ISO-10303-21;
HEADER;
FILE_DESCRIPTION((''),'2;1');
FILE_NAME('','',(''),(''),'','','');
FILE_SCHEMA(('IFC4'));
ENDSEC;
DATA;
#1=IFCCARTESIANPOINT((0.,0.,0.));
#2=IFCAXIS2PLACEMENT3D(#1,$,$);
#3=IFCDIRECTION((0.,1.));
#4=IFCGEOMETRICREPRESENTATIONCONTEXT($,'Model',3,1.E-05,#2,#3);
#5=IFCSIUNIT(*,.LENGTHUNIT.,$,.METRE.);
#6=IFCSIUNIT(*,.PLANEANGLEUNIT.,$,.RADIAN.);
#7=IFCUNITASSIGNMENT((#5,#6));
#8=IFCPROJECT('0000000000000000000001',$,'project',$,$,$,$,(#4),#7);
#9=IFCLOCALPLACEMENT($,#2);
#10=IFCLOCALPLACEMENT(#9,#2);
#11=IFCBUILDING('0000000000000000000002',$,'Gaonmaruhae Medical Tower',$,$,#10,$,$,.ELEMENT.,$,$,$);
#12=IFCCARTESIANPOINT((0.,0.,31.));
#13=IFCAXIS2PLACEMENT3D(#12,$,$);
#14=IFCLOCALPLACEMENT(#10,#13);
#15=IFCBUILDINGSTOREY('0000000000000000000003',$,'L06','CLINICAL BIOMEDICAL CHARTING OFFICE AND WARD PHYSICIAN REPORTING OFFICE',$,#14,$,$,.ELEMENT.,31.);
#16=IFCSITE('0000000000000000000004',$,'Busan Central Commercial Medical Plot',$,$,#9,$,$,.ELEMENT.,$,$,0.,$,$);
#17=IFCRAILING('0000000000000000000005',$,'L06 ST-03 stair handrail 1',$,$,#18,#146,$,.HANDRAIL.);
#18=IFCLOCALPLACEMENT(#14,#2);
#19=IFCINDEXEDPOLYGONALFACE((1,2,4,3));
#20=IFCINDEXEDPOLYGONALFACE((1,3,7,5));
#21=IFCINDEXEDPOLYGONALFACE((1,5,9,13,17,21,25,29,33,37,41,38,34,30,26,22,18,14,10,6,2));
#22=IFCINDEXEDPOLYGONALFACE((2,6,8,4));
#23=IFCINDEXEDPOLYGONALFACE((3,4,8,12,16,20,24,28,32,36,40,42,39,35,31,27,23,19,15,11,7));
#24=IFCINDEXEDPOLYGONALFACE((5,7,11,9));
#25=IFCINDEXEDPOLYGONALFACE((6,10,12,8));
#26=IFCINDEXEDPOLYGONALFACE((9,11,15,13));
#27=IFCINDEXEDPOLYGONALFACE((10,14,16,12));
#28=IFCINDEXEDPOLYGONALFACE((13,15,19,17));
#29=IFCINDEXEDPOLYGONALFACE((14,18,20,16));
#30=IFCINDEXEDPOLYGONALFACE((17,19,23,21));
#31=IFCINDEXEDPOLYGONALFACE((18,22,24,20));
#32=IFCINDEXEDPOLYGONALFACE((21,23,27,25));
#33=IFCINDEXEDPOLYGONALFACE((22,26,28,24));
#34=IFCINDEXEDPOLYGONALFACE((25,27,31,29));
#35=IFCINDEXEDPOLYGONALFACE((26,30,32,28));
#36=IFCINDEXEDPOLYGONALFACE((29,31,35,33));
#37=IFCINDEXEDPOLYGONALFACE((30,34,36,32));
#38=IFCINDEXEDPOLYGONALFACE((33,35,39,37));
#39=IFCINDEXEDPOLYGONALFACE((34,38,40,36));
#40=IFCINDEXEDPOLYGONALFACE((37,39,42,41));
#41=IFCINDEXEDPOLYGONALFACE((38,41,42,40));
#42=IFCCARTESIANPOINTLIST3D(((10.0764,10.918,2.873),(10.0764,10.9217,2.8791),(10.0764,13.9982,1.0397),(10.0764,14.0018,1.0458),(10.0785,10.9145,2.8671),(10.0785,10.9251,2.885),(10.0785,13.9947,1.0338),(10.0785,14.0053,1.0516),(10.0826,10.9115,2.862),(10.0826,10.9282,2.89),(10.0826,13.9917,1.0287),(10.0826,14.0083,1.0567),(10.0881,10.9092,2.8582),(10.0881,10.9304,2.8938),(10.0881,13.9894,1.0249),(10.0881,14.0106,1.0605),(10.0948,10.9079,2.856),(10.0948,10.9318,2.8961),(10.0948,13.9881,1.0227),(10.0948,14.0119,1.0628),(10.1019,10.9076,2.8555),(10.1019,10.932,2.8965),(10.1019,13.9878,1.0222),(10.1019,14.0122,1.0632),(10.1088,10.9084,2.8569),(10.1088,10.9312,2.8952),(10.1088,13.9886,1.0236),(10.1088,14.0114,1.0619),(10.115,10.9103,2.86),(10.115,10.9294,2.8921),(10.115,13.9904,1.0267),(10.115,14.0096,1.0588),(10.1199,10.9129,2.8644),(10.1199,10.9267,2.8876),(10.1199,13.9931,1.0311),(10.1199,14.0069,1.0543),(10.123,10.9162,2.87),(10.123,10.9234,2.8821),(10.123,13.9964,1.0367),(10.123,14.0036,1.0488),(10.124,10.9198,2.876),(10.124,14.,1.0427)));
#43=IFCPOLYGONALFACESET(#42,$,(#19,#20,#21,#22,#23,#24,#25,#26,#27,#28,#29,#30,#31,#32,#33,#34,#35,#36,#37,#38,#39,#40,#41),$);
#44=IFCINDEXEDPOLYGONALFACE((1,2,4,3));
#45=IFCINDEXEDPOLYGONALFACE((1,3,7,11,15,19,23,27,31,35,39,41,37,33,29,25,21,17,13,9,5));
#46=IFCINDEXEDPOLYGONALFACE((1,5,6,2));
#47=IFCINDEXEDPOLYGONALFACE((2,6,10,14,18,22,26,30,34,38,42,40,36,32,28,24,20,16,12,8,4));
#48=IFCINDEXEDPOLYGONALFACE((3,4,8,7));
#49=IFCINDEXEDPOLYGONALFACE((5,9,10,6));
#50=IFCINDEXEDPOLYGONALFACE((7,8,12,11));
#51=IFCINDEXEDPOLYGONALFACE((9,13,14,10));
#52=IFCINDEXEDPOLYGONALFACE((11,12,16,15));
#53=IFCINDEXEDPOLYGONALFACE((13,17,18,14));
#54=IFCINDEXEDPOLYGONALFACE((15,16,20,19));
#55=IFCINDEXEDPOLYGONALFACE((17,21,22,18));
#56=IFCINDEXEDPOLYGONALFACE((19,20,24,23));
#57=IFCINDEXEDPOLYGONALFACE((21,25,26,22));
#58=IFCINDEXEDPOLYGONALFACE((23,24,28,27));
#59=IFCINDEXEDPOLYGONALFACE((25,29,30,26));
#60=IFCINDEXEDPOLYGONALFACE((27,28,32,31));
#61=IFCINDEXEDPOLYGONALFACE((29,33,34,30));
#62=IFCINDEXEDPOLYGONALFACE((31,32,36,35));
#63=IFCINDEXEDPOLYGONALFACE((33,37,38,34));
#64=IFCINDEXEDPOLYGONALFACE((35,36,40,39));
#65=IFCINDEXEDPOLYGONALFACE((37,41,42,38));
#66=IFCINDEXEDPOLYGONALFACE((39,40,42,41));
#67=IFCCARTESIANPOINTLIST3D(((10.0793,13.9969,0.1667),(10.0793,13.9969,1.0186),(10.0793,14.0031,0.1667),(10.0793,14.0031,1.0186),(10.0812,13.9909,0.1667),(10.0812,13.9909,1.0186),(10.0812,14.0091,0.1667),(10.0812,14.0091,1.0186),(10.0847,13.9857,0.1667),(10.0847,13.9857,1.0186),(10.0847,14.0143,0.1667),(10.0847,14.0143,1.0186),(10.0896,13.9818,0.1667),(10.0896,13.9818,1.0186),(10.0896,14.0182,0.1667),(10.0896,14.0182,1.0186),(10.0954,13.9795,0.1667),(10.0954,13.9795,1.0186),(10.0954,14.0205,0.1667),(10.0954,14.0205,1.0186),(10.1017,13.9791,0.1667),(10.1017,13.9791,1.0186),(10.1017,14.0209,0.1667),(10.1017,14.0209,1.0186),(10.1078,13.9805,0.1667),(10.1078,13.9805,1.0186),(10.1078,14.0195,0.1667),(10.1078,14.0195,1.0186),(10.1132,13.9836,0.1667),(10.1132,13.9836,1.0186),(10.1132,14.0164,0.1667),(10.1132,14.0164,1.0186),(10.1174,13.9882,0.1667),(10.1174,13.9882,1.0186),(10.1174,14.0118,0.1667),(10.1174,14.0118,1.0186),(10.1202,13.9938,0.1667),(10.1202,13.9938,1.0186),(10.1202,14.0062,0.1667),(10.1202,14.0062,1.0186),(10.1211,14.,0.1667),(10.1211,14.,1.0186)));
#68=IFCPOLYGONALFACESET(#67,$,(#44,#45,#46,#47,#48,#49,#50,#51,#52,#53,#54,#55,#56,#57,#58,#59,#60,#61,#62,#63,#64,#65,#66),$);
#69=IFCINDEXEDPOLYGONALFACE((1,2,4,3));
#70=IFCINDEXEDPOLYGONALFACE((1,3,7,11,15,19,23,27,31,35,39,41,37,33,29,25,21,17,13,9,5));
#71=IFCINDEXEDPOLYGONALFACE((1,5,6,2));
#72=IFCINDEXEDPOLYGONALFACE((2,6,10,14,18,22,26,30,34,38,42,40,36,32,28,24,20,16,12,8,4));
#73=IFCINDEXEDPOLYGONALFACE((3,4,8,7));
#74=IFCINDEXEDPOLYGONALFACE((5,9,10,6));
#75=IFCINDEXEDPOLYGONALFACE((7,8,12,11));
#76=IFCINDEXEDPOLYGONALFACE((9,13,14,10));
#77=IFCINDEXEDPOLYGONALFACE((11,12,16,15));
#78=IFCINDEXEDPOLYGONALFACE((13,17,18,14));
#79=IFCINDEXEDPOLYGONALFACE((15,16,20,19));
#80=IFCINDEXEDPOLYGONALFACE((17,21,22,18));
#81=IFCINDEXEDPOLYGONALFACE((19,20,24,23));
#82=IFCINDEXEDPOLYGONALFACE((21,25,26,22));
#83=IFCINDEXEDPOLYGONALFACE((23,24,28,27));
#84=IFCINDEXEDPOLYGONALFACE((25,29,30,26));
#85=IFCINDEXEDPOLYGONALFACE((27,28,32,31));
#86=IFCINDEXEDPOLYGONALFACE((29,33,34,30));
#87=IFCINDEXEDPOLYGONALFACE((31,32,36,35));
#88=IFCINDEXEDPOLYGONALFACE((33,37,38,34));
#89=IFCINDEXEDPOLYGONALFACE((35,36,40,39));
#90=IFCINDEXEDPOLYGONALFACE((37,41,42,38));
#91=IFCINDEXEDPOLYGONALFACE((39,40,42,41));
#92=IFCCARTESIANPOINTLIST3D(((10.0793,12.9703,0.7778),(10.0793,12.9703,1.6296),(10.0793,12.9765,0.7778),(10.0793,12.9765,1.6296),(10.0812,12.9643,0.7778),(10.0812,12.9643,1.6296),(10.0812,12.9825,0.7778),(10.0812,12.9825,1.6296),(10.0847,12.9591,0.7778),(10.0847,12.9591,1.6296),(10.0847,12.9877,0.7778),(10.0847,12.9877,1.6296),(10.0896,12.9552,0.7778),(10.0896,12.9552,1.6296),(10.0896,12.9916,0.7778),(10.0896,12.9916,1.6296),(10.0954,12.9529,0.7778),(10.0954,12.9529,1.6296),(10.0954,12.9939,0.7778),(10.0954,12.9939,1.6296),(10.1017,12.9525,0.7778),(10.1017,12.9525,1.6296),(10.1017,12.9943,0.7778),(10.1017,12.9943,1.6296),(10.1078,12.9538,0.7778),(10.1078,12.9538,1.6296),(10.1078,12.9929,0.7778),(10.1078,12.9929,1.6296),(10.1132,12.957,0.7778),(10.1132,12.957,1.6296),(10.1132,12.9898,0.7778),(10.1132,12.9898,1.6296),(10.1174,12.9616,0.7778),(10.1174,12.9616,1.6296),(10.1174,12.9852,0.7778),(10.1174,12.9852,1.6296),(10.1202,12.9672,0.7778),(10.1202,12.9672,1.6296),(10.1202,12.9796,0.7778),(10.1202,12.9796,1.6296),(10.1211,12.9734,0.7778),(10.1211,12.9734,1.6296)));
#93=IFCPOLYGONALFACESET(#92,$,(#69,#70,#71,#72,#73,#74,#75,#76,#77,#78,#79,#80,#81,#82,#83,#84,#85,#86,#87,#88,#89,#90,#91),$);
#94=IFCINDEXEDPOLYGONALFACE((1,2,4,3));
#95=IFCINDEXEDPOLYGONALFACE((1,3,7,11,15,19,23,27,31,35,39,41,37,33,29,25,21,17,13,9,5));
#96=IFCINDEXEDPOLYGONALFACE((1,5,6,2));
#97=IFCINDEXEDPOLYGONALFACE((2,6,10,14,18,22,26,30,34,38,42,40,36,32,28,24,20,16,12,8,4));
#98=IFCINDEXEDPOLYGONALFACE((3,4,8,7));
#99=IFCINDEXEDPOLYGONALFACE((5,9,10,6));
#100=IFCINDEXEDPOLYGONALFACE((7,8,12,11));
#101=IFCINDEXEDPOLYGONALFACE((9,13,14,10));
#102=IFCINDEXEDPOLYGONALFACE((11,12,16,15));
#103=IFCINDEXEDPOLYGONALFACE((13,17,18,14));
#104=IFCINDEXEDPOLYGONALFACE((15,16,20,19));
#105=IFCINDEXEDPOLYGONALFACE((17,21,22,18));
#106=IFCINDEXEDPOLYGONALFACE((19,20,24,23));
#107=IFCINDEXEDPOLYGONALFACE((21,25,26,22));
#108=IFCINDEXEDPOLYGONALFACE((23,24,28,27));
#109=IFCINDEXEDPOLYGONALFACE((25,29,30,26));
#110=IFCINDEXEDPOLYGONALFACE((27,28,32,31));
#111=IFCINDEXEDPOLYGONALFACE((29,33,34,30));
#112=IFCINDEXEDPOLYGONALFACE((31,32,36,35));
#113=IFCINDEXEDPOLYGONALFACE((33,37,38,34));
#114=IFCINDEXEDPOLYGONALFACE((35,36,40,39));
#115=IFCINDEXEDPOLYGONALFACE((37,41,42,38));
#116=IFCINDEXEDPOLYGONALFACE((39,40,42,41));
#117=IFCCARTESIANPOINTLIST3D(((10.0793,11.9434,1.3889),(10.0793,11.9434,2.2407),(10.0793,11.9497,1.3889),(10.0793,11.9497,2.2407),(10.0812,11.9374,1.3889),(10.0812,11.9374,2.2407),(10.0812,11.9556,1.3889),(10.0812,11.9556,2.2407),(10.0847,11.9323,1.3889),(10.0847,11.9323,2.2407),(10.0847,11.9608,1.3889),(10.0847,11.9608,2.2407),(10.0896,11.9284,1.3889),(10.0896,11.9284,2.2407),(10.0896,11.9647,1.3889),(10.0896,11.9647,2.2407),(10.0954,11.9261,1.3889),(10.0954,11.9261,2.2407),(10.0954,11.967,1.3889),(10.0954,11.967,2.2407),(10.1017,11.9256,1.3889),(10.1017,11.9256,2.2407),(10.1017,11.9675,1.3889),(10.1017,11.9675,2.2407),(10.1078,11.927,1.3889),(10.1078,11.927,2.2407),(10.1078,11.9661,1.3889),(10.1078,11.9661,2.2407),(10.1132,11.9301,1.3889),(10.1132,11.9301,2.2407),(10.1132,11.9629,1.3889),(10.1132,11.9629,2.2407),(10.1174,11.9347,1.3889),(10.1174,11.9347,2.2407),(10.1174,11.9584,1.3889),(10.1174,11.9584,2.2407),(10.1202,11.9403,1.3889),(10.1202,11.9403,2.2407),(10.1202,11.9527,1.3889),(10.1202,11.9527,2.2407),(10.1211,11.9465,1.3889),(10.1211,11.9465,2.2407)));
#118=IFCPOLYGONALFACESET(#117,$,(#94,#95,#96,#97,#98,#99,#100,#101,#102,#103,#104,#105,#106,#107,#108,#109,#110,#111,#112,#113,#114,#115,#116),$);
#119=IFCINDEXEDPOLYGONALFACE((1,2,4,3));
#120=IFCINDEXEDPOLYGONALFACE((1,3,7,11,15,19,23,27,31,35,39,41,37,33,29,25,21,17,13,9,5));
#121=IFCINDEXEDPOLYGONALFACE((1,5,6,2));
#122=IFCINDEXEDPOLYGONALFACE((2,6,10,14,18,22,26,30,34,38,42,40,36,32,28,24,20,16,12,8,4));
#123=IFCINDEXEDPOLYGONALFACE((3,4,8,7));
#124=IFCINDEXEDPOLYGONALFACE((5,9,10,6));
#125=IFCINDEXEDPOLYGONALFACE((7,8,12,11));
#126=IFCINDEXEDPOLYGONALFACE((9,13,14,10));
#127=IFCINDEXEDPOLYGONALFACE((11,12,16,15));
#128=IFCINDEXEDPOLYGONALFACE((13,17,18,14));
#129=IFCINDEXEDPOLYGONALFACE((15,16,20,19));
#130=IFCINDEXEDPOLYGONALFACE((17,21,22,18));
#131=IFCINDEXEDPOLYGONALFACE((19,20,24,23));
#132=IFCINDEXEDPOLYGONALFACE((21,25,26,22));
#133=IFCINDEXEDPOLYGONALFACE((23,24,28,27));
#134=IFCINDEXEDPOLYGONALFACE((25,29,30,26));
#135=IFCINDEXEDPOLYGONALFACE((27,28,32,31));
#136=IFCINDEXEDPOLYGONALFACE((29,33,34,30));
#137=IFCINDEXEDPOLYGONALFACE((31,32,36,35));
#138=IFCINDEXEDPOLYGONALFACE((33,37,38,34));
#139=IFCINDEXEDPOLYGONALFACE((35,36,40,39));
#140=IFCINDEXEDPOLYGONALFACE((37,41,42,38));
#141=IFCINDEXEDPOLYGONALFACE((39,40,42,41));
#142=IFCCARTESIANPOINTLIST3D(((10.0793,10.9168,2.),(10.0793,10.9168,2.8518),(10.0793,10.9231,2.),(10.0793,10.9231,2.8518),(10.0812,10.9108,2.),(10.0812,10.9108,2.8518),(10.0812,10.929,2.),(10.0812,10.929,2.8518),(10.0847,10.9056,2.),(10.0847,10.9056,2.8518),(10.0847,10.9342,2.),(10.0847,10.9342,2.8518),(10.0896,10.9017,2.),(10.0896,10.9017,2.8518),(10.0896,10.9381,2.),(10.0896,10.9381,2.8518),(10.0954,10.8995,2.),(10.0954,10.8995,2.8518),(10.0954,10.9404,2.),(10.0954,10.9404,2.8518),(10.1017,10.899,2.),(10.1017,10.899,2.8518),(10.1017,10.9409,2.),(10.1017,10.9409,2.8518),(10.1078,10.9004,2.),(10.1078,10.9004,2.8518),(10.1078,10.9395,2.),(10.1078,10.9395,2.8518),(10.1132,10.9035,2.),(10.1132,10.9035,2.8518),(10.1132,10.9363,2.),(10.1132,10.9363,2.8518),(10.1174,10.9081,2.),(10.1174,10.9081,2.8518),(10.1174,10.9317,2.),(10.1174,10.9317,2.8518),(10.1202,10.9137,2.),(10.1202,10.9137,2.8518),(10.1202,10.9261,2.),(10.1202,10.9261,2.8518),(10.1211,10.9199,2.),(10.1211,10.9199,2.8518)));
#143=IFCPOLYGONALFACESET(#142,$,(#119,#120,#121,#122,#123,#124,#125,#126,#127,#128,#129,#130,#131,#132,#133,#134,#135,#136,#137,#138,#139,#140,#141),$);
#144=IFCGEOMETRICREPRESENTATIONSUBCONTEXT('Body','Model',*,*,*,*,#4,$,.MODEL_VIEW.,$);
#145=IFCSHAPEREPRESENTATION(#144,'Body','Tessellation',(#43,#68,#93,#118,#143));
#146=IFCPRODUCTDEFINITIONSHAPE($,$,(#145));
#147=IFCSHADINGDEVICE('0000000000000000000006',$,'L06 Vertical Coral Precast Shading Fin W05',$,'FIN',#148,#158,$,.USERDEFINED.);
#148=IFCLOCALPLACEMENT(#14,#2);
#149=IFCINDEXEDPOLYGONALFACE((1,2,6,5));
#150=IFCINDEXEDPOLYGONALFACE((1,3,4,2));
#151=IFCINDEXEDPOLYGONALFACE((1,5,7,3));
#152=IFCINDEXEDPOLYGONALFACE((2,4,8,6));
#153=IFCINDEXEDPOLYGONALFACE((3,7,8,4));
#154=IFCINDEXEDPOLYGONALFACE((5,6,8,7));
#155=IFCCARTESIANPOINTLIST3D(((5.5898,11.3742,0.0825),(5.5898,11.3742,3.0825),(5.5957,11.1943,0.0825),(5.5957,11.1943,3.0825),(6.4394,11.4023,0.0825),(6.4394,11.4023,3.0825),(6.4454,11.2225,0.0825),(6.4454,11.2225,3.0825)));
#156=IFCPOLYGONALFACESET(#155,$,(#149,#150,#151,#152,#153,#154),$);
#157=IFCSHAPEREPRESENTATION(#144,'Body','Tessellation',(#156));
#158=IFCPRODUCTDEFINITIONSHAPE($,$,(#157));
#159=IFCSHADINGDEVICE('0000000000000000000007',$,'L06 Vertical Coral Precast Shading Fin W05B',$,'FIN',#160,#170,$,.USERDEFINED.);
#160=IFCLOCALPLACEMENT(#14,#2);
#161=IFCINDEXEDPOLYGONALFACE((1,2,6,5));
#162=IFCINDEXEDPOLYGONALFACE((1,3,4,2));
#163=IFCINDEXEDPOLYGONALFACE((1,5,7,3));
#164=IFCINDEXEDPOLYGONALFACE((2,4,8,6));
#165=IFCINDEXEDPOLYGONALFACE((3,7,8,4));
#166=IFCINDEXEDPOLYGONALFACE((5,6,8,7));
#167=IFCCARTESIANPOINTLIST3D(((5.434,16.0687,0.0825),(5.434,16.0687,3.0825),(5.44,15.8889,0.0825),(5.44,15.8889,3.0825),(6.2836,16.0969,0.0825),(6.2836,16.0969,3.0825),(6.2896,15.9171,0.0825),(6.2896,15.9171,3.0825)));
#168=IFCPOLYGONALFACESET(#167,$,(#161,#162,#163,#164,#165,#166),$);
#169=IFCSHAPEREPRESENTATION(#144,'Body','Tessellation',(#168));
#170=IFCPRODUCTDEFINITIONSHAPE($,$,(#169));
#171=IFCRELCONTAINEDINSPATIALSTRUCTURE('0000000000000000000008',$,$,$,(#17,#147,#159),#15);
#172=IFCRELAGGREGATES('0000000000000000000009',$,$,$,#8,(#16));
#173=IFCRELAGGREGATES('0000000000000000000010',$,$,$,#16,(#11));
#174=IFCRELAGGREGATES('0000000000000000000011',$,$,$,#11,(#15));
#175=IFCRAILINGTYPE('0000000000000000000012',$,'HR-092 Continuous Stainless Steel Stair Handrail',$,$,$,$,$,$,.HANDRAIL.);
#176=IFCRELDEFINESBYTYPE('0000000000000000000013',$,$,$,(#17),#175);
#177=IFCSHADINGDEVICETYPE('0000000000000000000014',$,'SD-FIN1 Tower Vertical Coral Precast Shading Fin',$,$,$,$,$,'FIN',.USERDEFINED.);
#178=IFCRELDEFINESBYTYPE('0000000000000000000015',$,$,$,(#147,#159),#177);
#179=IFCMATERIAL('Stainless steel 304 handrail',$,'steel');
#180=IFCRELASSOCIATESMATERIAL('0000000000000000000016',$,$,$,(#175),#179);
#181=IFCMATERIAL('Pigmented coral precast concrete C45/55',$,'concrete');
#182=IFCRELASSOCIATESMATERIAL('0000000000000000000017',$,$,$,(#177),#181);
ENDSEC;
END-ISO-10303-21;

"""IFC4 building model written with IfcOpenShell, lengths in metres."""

from ifc_helpers import new_model, si_unit, direction, frame, origin, origin_2d, place, context, subcontext, project, spatial, rectangle, circle, extrude, material, type_object, element, save


model = new_model("IFC4")

# Units and contexts
model_context = context("Model", 3, precision=1e-05, world=origin(), true_north=direction((0.0, 1.0)))
body_context = subcontext(model_context, "Body", "Model", "MODEL_VIEW")
ifc_project = project(units=[si_unit("LENGTHUNIT", "METRE"), si_unit("PLANEANGLEUNIT", "RADIAN")], contexts=[model_context])

# Site, building, storey
site_placement = place(None, origin())
site = spatial("IfcSite", under=ifc_project, at=site_placement, Name="Busan Central Commercial Medical Plot", CompositionType="ELEMENT", RefElevation=0.0)
building_placement = place(site_placement, origin())
building = spatial("IfcBuilding", under=site, at=building_placement, Name="Gaonmaruhae Medical Tower", CompositionType="ELEMENT")
storey_placement = place(building_placement, frame((0.0, 0.0, 31.0)))
storey = spatial("IfcBuildingStorey", under=building, at=storey_placement, Name="L06", Description="CLINICAL BIOMEDICAL CHARTING OFFICE AND WARD PHYSICIAN REPORTING OFFICE", CompositionType="ELEMENT", Elevation=31.0)

# Railing
ifc_material_1 = material(Name="Stainless steel 304 handrail", Category="steel")
railing_type_1 = type_object("IfcRailingType", Name="HR-092 Continuous Stainless Steel Stair Handrail", PredefinedType="HANDRAIL", material=ifc_material_1)
railing_1_placement = place(storey_placement, frame((10.1001, 14.0, 0.1667)))
element("IfcRailing", 1, at=railing_1_placement, inside=storey, type_object=railing_type_1, Name="L06 ST-03 stair handrail 1", PredefinedType="HANDRAIL", context=body_context, shape_type="SweptSolid", body=[
    extrude(circle(Radius=0.0239, at=origin_2d()), frame((0.0, 0.0, 0.876), z_axis=(0.0, -0.859309, 0.511458), x_axis=(1.0, 0.0, 0.0)), (0.0, 0.0, 1.0), 3.5845),
    extrude(circle(Radius=0.021, at=origin_2d()), origin(), (0.0, 0.0, 1.0), 0.8518),
    extrude(circle(Radius=0.021, at=origin_2d()), frame((0.0, -1.0266, 0.6111)), (0.0, 0.0, 1.0), 0.8518),
    extrude(circle(Radius=0.021, at=origin_2d()), frame((0.0, -2.0535, 1.2222)), (0.0, 0.0, 1.0), 0.8518),
    extrude(circle(Radius=0.021, at=origin_2d()), frame((0.0, -3.0801, 1.8333)), (0.0, 0.0, 1.0), 0.8518),
])

# Shading devices
ifc_material_2 = material(Name="Pigmented coral precast concrete C45/55", Category="concrete")
shading_device_type = type_object("IfcShadingDeviceType", Name="SD-FIN1 Tower Vertical Coral Precast Shading Fin", ElementType="FIN", PredefinedType="USERDEFINED", material=ifc_material_2)
for number, where, z_axis, x_axis, name in (
    (2, (6.0176, 11.2983, 0.0825), (0.0, 0.0, 1.0), (-0.033155, 0.99945, 0.0), "L06 Vertical Coral Precast Shading Fin W05"),
    (3, (5.8618, 15.9929, 0.0825), (0.0, 0.0, 1.0), (-0.033155, 0.99945, 0.0), "L06 Vertical Coral Precast Shading Fin W05B"),
):
    element("IfcShadingDevice", number, at=place(storey_placement, frame(where, z_axis=z_axis, x_axis=x_axis)), inside=storey, type_object=shading_device_type, Name=name, ObjectType="FIN", PredefinedType="USERDEFINED", context=body_context, shape_type="SweptSolid", body=[
        extrude(rectangle(XDim=0.1799, YDim=0.8501, at=origin_2d()), origin(), (0.0, 0.0, 1.0), 3.0),
    ])

save(model, "model.ifc")
